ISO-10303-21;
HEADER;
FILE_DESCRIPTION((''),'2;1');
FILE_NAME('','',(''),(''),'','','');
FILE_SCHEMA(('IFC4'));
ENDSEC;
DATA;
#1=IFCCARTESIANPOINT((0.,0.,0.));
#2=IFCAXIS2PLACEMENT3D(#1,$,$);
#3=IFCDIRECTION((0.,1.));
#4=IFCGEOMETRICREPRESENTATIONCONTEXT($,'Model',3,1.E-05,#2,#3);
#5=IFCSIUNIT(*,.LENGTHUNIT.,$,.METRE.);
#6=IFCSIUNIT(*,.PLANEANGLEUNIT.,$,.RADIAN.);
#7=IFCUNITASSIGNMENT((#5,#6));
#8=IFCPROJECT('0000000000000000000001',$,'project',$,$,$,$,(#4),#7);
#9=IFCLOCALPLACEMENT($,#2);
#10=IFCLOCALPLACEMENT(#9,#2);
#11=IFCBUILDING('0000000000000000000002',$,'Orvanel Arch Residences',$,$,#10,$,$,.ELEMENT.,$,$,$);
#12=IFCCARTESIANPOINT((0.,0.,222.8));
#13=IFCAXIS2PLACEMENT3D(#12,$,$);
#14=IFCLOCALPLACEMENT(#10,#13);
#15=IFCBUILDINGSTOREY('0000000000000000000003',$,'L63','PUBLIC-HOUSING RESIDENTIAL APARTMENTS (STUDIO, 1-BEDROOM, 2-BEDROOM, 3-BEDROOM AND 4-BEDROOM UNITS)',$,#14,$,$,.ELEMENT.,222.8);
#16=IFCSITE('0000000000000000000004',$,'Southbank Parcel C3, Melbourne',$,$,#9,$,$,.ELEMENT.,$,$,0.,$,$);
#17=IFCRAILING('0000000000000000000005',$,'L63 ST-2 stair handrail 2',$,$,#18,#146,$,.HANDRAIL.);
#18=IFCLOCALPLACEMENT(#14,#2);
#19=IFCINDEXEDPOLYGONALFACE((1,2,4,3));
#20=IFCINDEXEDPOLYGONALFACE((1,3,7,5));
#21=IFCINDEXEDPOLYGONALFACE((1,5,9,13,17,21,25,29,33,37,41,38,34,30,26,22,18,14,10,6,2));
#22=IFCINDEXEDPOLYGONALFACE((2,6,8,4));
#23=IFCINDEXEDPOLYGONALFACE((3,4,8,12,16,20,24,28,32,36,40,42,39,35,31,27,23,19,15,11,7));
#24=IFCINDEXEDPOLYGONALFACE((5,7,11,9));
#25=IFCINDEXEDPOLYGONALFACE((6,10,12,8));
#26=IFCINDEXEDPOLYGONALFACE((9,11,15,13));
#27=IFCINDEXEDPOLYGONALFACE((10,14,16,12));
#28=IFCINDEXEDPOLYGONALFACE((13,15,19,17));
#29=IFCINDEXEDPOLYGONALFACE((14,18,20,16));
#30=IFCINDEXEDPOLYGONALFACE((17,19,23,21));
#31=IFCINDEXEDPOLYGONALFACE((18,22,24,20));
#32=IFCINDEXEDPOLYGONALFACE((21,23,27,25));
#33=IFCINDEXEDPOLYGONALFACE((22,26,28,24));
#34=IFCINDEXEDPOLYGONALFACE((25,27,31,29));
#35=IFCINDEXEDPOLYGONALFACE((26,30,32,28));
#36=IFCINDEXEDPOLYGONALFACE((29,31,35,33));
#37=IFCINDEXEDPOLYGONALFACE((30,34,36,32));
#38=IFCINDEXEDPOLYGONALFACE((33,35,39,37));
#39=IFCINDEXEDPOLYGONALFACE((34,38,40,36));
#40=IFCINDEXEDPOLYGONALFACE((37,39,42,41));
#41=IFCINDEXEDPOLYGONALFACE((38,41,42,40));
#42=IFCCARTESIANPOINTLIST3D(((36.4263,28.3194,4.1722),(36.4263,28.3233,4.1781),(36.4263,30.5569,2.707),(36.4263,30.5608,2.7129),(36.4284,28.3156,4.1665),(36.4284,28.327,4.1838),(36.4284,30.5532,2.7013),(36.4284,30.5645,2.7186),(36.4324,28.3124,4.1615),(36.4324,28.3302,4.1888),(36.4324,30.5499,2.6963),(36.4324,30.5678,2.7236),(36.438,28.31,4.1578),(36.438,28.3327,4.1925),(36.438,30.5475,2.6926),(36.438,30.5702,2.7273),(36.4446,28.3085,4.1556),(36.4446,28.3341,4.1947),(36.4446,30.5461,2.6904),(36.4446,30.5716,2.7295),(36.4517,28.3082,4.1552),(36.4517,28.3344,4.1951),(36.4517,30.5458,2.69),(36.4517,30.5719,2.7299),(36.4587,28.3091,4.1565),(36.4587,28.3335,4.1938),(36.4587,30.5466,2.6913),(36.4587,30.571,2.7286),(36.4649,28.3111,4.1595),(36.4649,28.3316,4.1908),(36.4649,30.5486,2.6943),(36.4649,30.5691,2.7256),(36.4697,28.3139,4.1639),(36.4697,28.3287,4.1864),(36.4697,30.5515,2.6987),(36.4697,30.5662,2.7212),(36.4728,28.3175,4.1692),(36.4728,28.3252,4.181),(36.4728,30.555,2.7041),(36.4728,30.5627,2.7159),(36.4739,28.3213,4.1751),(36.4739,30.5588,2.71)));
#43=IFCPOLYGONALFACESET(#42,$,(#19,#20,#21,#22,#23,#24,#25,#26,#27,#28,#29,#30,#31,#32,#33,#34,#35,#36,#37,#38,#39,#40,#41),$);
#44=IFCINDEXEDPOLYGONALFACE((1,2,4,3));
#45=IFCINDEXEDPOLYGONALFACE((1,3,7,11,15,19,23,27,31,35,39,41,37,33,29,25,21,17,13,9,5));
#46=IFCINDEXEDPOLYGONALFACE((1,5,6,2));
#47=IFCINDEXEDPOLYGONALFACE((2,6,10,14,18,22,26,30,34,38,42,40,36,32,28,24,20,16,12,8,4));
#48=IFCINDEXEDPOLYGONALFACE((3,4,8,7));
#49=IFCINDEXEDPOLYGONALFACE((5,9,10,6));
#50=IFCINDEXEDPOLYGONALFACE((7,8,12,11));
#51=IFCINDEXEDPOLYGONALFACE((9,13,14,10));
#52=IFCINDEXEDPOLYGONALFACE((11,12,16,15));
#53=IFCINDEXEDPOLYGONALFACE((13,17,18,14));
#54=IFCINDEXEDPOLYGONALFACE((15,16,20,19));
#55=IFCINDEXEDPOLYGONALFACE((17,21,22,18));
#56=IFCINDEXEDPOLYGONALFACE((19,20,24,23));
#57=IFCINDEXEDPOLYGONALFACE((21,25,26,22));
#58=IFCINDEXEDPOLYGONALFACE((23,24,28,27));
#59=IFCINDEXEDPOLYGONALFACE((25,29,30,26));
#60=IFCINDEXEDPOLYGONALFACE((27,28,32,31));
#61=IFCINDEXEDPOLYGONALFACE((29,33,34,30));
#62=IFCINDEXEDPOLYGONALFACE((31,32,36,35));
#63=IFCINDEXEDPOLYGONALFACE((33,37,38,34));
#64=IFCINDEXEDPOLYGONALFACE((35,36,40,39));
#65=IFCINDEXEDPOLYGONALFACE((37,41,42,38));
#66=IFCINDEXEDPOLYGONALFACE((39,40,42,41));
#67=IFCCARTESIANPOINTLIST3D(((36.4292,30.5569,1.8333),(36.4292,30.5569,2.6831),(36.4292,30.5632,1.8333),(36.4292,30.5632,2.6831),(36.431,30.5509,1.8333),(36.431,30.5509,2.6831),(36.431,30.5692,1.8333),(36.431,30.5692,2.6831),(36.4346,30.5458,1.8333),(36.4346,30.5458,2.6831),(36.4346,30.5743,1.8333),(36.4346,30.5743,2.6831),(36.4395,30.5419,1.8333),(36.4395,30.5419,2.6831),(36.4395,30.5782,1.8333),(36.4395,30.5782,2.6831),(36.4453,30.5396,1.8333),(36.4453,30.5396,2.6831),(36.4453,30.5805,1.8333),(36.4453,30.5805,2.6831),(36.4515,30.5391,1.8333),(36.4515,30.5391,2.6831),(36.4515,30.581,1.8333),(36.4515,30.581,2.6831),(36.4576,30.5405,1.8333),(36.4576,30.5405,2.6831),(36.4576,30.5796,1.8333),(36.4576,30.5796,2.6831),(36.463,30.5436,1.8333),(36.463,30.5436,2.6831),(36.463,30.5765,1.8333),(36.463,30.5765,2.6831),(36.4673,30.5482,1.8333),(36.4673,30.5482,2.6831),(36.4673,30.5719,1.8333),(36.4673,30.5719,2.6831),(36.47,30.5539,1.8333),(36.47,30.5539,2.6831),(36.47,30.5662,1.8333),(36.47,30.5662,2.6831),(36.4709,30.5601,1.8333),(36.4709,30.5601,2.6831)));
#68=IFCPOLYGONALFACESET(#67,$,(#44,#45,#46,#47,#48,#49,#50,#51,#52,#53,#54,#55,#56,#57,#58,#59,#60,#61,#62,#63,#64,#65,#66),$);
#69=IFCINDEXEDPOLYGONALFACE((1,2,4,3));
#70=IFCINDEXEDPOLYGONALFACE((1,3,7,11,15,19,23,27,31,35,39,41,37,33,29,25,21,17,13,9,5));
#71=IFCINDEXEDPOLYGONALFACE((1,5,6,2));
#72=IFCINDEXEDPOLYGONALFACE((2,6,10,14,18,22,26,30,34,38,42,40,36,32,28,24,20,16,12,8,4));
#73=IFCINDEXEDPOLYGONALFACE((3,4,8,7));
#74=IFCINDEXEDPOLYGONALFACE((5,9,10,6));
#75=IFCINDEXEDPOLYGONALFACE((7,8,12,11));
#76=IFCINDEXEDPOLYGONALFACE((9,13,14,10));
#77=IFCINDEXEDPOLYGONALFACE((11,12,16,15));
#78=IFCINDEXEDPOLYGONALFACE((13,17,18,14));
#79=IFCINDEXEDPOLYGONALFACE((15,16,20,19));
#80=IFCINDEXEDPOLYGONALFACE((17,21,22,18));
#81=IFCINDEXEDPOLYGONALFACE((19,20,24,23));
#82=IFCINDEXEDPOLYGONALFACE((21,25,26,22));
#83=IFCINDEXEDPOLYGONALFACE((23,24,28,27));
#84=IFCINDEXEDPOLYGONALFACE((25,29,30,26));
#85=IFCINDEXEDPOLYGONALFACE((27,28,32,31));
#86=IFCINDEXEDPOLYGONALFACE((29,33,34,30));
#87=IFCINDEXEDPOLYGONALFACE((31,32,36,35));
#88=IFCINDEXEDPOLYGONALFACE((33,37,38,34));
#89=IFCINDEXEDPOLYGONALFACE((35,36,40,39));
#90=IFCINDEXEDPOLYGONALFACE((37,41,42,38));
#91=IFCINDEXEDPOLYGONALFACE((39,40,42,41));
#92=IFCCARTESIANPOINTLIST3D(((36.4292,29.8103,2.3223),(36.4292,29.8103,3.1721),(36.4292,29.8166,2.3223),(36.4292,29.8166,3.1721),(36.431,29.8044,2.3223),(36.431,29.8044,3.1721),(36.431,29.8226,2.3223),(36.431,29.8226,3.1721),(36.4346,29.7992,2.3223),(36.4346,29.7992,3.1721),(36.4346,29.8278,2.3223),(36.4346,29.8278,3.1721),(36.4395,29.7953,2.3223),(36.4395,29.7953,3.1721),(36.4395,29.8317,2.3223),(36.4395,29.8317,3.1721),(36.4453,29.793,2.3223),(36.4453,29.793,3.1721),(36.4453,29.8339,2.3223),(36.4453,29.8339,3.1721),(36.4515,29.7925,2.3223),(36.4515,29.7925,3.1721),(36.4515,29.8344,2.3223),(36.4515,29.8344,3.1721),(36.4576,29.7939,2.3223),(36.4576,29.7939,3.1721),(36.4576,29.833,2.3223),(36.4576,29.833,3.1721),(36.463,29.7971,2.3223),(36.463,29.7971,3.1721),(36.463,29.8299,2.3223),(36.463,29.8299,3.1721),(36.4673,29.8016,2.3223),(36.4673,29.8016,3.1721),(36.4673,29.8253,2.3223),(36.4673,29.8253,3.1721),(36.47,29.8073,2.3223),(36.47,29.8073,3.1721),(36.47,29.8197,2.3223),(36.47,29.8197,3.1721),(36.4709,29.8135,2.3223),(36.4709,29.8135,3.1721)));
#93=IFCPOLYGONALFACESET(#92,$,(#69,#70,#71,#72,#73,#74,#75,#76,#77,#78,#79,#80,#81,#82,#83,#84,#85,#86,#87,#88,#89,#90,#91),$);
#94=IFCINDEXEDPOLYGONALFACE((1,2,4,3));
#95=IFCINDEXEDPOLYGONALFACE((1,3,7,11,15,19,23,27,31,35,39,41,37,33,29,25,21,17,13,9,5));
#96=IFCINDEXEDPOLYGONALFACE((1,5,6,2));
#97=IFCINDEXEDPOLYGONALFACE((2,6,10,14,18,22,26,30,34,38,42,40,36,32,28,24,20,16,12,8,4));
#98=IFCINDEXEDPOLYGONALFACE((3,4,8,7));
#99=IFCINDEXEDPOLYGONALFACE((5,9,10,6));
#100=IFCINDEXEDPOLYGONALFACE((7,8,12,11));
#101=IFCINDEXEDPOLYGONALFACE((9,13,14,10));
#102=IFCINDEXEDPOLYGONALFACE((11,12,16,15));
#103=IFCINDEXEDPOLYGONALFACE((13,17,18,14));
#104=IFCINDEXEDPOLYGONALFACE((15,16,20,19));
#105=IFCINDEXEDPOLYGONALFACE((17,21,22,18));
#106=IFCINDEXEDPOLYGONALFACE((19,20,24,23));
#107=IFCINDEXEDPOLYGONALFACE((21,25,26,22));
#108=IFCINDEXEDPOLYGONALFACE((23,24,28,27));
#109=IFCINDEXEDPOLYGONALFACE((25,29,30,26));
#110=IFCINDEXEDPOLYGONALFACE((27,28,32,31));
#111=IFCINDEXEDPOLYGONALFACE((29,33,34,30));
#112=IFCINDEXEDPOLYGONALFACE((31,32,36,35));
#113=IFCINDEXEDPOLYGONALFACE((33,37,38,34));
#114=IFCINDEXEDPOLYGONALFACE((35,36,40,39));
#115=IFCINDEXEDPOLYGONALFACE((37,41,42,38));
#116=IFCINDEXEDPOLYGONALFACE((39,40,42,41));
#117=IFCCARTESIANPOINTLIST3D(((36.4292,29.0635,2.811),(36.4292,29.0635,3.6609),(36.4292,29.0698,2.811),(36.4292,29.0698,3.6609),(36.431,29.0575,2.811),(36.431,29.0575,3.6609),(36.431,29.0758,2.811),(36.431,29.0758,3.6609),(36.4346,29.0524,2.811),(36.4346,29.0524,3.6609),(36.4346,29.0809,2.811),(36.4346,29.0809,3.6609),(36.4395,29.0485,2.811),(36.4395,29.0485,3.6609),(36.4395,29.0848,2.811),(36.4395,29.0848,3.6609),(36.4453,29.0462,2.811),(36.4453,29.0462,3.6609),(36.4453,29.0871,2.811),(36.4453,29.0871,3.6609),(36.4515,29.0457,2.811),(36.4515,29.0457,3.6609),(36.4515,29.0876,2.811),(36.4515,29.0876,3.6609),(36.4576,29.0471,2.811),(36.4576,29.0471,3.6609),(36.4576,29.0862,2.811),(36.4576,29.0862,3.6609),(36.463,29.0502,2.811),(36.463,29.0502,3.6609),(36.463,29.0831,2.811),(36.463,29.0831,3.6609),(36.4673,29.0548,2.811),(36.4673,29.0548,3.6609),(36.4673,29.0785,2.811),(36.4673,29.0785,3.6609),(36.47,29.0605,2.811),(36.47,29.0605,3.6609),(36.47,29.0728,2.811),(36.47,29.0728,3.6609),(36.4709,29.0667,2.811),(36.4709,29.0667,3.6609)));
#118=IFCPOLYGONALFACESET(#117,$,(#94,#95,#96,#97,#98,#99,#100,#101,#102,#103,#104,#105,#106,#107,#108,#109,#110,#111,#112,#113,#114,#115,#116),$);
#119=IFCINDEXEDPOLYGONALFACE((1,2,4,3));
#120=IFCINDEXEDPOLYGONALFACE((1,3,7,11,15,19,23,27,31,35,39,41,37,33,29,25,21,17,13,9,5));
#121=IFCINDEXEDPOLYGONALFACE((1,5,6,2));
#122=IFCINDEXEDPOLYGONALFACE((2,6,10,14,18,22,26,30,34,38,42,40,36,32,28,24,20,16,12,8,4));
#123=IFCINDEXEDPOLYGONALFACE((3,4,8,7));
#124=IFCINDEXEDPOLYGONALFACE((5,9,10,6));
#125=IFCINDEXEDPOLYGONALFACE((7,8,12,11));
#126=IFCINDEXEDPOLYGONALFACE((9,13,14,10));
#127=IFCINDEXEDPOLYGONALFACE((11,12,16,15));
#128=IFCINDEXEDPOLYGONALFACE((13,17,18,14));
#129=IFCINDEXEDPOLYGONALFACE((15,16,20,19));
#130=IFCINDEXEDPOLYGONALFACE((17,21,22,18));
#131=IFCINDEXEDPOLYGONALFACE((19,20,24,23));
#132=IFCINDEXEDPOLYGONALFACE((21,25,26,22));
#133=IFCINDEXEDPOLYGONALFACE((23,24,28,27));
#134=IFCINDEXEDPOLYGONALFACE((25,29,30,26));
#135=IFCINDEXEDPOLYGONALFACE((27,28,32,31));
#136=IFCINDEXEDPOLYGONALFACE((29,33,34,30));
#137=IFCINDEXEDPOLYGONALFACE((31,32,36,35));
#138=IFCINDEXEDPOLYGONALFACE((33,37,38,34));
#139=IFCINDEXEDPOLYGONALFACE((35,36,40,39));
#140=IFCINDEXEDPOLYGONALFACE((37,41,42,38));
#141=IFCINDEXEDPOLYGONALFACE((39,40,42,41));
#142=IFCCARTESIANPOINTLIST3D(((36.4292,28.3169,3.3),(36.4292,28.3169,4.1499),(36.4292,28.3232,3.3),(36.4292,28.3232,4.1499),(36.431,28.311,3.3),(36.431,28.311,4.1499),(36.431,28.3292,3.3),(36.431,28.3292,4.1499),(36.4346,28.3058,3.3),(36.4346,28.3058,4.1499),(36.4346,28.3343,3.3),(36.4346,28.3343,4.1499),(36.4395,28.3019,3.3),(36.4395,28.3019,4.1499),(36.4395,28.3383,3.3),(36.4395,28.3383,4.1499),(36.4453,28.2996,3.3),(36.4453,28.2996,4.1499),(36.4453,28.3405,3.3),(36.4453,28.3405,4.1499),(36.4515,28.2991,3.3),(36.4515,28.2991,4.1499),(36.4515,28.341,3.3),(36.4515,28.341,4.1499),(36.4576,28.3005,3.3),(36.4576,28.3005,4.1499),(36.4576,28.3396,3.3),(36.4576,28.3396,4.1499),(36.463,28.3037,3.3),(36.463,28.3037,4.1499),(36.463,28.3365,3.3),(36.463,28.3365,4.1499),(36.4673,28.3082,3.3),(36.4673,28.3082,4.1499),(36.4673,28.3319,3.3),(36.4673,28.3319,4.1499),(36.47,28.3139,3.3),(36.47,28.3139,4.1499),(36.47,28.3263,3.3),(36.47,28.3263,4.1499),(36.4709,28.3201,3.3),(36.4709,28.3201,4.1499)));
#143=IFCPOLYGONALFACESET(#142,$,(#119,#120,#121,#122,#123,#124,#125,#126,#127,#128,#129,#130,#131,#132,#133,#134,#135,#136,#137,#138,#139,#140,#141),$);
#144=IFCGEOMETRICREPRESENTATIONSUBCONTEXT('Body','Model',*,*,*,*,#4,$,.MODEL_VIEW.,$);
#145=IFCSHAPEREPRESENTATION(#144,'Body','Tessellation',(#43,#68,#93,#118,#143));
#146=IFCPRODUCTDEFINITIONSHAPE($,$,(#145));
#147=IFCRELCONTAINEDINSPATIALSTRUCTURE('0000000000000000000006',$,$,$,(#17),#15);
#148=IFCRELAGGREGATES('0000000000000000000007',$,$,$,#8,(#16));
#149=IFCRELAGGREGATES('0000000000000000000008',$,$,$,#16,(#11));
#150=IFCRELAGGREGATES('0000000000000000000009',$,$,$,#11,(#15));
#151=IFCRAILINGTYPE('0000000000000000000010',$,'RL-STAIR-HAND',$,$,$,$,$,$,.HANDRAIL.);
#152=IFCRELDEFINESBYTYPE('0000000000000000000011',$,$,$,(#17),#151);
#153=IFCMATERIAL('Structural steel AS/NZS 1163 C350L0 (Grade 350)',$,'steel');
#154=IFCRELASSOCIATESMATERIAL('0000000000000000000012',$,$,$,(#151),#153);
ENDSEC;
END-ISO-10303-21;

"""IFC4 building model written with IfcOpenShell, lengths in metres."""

from ifc_helpers import new_model, si_unit, direction, frame, origin, origin_2d, place, context, subcontext, project, spatial, circle, extrude, material, type_object, element, save


model = new_model("IFC4")

# Units and contexts
model_context = context("Model", 3, precision=1e-05, world=origin(), true_north=direction((0.0, 1.0)))
body_context = subcontext(model_context, "Body", "Model", "MODEL_VIEW")
ifc_project = project(units=[si_unit("LENGTHUNIT", "METRE"), si_unit("PLANEANGLEUNIT", "RADIAN")], contexts=[model_context])

# Site, building, storey
site_placement = place(None, origin())
site = spatial("IfcSite", under=ifc_project, at=site_placement, Name="Southbank Parcel C3, Melbourne", CompositionType="ELEMENT", RefElevation=0.0)
building_placement = place(site_placement, origin())
building = spatial("IfcBuilding", under=site, at=building_placement, Name="Orvanel Arch Residences", CompositionType="ELEMENT")
storey_placement = place(building_placement, frame((0.0, 0.0, 222.8)))
storey = spatial("IfcBuildingStorey", under=building, at=storey_placement, Name="L63", Description="PUBLIC-HOUSING RESIDENTIAL APARTMENTS (STUDIO, 1-BEDROOM, 2-BEDROOM, 3-BEDROOM AND 4-BEDROOM UNITS)", CompositionType="ELEMENT", Elevation=222.8)

# Railing
ifc_material_1 = material(Name="Structural steel AS/NZS 1163 C350L0 (Grade 350)", Category="steel")
railing_type_1 = type_object("IfcRailingType", Name="RL-STAIR-HAND", PredefinedType="HANDRAIL", material=ifc_material_1)
railing_1_placement = place(storey_placement, frame((36.45, 30.5601, 1.8333)))
element("IfcRailing", 1, at=railing_1_placement, inside=storey, type_object=railing_type_1, Name="L63 ST-2 stair handrail 2", PredefinedType="HANDRAIL", context=body_context, shape_type="SweptSolid", body=[
    extrude(circle(Radius=0.0239, at=origin_2d()), frame((0.0, -0.0012, 0.8767), z_axis=(0.0, -0.836595, 0.547822), x_axis=(1.0, 0.0, 0.0)), (0.0, 0.0, 1.0), 2.6746),
    extrude(circle(Radius=0.021, at=origin_2d()), origin(), (0.0, 0.0, 1.0), 0.8499),
    extrude(circle(Radius=0.021, at=origin_2d()), frame((0.0, -0.7466, 0.489)), (0.0, 0.0, 1.0), 0.8499),
    extrude(circle(Radius=0.021, at=origin_2d()), frame((0.0, -1.4934, 0.9778)), (0.0, 0.0, 1.0), 0.8499),
    extrude(circle(Radius=0.021, at=origin_2d()), frame((0.0, -2.24, 1.4668)), (0.0, 0.0, 1.0), 0.8499),
])

save(model, "model.ifc")
